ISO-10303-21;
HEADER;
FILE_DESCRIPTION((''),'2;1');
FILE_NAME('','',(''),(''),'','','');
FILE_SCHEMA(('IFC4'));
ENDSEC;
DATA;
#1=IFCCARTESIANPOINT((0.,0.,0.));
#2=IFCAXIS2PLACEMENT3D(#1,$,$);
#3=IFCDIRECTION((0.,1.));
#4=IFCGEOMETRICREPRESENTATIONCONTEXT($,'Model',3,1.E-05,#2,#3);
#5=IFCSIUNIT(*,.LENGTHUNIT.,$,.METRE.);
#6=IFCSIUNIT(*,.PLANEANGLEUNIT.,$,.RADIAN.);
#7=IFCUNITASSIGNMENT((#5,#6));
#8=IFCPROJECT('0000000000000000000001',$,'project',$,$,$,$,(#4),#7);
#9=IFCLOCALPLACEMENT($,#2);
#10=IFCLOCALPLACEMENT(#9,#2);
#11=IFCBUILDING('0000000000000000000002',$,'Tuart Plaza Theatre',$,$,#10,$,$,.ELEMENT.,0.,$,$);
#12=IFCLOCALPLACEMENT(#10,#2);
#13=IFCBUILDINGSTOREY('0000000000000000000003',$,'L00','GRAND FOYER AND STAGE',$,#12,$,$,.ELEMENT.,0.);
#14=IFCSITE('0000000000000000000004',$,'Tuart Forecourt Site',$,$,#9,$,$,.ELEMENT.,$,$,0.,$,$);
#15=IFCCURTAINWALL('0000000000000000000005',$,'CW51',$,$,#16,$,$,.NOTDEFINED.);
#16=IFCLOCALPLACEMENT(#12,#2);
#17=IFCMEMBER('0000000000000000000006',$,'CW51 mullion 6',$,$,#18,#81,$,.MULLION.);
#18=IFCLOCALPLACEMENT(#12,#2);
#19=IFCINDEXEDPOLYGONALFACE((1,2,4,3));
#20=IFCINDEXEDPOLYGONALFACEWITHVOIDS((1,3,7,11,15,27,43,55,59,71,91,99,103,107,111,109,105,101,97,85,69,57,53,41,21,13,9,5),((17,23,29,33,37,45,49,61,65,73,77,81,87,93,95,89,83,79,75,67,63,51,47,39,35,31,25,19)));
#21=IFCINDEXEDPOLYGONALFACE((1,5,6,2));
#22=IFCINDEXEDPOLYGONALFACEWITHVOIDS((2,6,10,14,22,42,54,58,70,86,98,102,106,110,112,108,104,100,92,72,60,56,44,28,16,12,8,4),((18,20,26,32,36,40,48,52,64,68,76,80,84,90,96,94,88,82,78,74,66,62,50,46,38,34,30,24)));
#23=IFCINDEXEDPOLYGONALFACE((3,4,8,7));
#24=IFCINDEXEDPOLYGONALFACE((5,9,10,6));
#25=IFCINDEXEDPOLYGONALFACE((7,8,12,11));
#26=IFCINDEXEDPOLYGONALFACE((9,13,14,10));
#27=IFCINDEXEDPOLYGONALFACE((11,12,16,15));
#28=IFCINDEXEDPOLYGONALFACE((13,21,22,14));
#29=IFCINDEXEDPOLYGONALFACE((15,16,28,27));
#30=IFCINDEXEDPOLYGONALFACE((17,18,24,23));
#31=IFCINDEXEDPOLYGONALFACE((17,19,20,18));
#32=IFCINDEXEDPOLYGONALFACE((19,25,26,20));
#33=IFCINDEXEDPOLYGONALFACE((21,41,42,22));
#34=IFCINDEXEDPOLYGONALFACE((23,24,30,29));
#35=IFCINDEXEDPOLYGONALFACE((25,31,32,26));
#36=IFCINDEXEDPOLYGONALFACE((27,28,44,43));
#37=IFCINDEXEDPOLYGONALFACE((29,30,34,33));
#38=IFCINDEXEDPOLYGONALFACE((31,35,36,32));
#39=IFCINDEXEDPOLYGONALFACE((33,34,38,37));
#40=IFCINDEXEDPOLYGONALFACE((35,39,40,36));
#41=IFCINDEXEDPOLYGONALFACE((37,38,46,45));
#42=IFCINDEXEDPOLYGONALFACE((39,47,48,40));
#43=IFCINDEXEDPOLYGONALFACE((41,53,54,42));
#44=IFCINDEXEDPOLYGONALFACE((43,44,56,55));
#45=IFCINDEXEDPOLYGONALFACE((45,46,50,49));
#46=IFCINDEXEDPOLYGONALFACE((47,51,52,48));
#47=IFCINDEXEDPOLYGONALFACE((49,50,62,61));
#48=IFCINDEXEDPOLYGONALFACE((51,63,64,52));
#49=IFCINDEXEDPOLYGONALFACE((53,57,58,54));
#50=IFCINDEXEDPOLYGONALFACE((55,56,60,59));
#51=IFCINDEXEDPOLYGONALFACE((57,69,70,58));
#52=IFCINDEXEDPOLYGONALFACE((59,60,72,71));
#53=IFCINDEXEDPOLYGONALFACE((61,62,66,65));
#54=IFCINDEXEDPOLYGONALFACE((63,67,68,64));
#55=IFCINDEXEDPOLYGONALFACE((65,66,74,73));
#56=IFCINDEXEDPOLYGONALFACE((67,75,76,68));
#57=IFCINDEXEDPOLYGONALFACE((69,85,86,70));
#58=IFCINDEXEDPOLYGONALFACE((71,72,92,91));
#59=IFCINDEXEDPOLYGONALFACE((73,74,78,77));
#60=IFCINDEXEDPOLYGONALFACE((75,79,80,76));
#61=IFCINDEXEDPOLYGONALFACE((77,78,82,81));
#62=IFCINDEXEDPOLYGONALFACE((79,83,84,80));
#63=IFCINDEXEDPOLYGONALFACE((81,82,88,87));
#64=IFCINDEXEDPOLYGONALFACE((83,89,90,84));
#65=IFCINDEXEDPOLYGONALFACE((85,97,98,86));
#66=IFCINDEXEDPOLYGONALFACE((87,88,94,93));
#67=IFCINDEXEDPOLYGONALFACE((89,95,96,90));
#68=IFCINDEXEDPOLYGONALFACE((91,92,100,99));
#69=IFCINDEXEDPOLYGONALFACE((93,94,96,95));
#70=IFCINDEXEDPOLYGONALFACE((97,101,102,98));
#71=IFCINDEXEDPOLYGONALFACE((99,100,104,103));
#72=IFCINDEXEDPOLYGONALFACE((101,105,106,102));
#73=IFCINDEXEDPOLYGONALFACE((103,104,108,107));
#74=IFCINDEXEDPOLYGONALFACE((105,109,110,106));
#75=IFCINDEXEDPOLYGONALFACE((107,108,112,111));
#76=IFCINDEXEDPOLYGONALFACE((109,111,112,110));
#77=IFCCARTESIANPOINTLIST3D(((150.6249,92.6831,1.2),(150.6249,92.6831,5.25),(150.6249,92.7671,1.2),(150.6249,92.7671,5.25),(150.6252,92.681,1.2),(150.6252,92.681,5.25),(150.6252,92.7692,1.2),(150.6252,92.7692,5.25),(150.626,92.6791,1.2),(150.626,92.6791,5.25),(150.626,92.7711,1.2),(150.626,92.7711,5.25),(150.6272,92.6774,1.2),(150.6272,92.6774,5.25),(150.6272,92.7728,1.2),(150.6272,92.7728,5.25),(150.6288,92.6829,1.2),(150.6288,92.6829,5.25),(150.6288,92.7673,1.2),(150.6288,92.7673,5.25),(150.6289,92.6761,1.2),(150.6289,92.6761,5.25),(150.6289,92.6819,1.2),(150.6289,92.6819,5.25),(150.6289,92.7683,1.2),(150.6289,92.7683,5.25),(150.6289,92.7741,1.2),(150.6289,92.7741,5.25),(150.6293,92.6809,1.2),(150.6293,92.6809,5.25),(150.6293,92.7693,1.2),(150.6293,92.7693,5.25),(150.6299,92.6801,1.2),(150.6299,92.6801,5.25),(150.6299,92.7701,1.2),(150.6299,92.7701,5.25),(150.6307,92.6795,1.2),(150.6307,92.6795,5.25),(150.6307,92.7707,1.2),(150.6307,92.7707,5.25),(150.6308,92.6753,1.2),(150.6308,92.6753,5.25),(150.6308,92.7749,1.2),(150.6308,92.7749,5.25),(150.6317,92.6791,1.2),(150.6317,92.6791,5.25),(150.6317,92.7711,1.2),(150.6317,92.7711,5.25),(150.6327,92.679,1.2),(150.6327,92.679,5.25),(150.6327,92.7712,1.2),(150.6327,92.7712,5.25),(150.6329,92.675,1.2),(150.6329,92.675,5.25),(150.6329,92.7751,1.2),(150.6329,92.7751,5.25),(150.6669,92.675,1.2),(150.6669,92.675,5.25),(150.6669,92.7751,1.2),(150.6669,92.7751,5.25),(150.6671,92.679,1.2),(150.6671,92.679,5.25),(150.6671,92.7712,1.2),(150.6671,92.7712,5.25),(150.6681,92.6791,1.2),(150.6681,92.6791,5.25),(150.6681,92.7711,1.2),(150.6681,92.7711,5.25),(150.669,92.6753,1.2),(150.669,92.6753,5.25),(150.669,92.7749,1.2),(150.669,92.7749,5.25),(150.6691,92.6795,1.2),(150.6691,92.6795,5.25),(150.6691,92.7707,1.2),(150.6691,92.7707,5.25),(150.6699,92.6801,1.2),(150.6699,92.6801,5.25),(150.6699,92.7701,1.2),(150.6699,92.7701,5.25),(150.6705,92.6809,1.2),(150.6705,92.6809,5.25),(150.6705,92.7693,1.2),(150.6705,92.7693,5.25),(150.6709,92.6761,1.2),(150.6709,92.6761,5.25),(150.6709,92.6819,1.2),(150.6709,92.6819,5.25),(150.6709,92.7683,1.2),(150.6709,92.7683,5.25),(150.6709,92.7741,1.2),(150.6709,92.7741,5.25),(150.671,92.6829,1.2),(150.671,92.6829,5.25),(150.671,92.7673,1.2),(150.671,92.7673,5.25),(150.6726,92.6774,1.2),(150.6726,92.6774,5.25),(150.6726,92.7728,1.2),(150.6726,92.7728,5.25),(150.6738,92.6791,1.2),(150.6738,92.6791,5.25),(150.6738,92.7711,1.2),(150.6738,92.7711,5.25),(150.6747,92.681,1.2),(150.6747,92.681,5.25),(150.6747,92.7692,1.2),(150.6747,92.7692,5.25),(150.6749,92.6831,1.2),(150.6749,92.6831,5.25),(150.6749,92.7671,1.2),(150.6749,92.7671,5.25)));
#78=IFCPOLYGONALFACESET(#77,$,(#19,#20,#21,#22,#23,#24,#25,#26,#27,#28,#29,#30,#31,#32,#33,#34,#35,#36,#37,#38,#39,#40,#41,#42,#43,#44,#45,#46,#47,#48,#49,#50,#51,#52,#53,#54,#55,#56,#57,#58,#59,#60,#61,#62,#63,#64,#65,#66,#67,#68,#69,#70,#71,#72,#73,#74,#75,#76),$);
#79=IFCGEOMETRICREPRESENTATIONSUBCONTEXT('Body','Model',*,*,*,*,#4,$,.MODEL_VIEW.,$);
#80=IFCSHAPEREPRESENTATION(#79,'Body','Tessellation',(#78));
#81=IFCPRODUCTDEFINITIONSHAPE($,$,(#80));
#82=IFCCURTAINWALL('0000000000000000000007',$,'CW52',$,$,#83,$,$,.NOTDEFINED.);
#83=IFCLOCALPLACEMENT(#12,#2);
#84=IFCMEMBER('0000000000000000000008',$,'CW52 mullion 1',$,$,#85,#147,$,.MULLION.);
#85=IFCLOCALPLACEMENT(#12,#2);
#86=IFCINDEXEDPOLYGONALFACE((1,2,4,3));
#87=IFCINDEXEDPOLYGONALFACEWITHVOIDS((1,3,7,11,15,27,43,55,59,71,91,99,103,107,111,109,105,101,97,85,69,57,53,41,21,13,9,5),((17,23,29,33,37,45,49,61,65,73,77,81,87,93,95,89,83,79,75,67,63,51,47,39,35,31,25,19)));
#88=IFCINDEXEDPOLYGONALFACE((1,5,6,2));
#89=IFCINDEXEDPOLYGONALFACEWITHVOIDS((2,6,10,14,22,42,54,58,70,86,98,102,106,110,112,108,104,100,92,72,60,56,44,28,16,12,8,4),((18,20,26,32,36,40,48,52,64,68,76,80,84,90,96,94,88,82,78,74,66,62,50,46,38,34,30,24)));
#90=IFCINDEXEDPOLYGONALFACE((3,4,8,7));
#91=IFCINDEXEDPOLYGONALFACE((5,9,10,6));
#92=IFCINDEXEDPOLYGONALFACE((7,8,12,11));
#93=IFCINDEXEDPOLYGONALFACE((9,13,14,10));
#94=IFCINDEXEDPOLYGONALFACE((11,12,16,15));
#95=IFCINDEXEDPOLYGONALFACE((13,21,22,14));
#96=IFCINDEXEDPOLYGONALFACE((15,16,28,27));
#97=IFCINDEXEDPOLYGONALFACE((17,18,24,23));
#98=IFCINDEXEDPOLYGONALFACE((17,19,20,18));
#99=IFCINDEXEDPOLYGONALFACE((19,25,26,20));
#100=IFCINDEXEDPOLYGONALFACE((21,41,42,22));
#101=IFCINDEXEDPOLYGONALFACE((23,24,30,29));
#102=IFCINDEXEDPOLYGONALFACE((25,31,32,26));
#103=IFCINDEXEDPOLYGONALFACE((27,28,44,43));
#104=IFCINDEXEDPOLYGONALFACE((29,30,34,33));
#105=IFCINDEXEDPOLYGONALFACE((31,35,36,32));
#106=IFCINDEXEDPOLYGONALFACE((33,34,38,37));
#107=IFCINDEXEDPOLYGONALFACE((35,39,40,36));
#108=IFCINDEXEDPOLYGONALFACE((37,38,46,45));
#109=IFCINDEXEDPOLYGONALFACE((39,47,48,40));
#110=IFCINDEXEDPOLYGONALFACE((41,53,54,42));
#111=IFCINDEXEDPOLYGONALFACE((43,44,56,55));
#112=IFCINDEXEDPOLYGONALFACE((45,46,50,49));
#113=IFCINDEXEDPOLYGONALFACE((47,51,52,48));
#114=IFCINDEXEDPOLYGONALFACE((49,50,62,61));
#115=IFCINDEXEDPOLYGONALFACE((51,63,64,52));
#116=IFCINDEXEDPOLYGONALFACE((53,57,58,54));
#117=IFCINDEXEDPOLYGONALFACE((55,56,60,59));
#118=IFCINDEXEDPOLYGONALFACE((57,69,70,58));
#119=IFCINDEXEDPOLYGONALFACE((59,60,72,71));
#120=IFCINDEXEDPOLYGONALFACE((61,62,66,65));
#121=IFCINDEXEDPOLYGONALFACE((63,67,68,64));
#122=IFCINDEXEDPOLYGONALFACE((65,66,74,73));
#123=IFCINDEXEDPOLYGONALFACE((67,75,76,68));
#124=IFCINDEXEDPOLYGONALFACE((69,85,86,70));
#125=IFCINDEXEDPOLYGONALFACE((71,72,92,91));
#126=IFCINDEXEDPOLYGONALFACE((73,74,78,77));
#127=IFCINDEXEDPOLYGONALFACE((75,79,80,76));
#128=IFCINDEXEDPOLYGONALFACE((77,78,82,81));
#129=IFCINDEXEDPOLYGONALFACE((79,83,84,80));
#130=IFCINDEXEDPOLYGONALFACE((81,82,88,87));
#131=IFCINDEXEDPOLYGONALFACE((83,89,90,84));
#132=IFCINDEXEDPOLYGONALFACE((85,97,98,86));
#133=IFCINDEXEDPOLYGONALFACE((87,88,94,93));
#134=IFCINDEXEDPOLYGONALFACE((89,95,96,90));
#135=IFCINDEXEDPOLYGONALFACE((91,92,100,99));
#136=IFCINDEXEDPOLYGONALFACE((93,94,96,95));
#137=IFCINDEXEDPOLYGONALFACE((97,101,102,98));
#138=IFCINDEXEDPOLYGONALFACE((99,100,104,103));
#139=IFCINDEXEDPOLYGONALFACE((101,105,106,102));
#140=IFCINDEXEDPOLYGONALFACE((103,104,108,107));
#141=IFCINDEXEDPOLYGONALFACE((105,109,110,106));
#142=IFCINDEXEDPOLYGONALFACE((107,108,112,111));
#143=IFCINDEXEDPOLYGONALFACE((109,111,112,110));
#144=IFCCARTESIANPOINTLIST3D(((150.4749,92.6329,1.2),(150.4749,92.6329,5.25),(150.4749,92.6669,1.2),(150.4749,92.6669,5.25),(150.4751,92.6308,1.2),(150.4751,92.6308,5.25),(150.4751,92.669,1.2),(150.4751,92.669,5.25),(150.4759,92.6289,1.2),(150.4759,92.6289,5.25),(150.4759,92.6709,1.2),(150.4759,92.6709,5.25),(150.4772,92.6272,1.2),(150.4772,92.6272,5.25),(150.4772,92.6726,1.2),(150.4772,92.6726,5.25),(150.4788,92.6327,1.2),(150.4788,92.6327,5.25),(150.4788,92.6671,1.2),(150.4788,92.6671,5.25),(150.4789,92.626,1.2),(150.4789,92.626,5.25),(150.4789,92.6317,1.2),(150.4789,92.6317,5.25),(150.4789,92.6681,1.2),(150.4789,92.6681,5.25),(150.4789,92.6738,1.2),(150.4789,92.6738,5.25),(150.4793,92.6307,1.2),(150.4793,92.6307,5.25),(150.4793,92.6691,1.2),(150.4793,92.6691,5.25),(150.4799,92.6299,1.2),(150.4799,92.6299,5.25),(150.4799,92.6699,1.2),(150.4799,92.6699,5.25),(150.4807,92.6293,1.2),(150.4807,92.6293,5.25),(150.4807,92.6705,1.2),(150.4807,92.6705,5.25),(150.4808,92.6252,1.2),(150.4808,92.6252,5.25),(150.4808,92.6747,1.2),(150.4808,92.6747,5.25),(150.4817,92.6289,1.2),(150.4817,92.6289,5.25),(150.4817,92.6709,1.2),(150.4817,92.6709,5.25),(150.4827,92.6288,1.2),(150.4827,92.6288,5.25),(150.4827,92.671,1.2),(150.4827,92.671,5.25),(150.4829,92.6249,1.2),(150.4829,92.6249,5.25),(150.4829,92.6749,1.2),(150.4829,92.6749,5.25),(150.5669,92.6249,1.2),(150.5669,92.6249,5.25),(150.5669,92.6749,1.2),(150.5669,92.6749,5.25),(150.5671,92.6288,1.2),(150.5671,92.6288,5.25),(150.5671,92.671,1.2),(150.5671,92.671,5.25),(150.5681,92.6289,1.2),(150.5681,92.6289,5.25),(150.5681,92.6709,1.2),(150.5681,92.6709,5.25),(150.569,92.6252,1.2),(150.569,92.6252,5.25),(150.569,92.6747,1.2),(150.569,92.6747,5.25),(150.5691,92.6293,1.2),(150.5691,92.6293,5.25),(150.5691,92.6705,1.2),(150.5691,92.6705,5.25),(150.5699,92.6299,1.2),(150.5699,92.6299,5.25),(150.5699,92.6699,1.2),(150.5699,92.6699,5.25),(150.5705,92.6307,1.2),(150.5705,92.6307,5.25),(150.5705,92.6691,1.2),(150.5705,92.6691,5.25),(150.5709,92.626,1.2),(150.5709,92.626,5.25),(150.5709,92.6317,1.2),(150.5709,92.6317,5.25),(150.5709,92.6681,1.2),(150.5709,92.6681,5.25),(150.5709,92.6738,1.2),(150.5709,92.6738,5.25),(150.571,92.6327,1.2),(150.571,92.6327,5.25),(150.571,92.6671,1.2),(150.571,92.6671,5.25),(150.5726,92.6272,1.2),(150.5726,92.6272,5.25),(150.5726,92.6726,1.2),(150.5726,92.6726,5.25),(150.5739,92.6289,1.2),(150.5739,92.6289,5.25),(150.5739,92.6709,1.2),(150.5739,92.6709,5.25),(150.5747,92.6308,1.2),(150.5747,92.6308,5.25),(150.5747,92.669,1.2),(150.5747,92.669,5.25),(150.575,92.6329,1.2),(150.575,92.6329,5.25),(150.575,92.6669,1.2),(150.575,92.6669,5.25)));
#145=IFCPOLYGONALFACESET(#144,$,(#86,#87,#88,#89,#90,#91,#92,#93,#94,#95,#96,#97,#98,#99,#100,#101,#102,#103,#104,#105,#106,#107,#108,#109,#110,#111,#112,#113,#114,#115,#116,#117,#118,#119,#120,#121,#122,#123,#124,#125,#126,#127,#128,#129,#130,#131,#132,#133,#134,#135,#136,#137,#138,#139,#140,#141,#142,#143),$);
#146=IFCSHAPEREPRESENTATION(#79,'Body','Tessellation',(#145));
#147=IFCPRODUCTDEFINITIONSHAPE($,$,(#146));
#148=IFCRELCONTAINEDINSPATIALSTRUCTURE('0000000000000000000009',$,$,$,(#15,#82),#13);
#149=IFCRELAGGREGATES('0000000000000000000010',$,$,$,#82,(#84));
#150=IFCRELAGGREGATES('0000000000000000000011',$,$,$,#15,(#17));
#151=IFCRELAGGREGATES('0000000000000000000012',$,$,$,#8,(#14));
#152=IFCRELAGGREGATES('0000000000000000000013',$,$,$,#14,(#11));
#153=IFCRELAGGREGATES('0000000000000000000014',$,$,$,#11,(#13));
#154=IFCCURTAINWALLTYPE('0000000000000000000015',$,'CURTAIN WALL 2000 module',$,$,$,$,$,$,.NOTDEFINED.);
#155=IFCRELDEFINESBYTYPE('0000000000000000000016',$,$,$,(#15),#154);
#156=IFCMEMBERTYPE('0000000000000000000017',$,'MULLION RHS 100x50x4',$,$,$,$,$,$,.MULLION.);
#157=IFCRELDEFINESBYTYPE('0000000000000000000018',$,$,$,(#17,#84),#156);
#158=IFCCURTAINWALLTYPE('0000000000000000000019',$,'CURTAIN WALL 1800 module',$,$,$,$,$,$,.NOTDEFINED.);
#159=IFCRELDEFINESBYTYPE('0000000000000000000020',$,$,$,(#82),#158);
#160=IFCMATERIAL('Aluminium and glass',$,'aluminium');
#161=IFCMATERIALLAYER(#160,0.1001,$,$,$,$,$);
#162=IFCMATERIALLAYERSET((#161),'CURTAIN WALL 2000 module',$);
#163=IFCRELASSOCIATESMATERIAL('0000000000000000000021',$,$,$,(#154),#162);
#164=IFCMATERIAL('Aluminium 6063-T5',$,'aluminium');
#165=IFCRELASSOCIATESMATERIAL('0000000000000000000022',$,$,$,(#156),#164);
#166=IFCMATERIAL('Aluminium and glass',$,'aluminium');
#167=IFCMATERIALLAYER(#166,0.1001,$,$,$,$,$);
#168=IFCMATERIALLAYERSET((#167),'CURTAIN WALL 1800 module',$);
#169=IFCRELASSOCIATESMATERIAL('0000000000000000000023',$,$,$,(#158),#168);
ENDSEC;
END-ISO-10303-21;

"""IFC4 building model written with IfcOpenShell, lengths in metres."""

from ifc_helpers import new_model, si_unit, direction, frame, origin, origin_2d, place, context, subcontext, project, spatial, hollow_rectangle, extrude, material, layer, layer_set, material_profile, profile_set, type_object, element, aggregate, save


model = new_model("IFC4")

# Units and contexts
model_context = context("Model", 3, precision=1e-05, world=origin(), true_north=direction((0.0, 1.0)))
body_context = subcontext(model_context, "Body", "Model", "MODEL_VIEW")
ifc_project = project(units=[si_unit("LENGTHUNIT", "METRE"), si_unit("PLANEANGLEUNIT", "RADIAN")], contexts=[model_context])

# Site, building, storey
site_placement = place(None, origin())
site = spatial("IfcSite", under=ifc_project, at=site_placement, Name="Tuart Forecourt Site", CompositionType="ELEMENT", RefElevation=0.0)
building_placement = place(site_placement, origin())
building = spatial("IfcBuilding", under=site, at=building_placement, Name="Tuart Plaza Theatre", CompositionType="ELEMENT", ElevationOfRefHeight=0.0)
storey_placement = place(building_placement, origin())
storey = spatial("IfcBuildingStorey", under=building, at=storey_placement, Name="L00", Description="GRAND FOYER AND STAGE", CompositionType="ELEMENT", Elevation=0.0)

# Curtain wall, member
ifc_material_1 = material(Name="Aluminium and glass", Category="aluminium")
ifc_layer_1 = layer(ifc_material_1, 0.1001)
ifc_layer_set_1 = layer_set([ifc_layer_1], Name="CURTAIN WALL 2000 module")
curtain_wall_type_1 = type_object("IfcCurtainWallType", Name="CURTAIN WALL 2000 module", PredefinedType="NOTDEFINED", material=ifc_layer_set_1)
curtain_wall_1_placement = place(storey_placement, origin())
curtain_wall_1 = element("IfcCurtainWall", 1, at=curtain_wall_1_placement, inside=storey, type_object=curtain_wall_type_1, Name="CW51", PredefinedType="NOTDEFINED")
ifc_material_2 = material(Name="Aluminium 6063-T5", Category="aluminium")
ifc_material_profile_1 = material_profile(ifc_material_2, hollow_rectangle(XDim=0.05, YDim=0.1001, WallThickness=0.0039, InnerFilletRadius=0.0039, OuterFilletRadius=0.0081, at=origin_2d()), Name="RHS 100x50x4")
ifc_profile_set_1 = profile_set([ifc_material_profile_1], Name="Aluminium 6063-T5")
member_type_1 = type_object("IfcMemberType", Name="MULLION RHS 100x50x4", PredefinedType="MULLION", material=ifc_profile_set_1)
member_1_placement = place(storey_placement, frame((150.6499, 92.7251, 1.2), z_axis=(0.0, 0.0, 1.0), x_axis=(-1.0, 0.0, 0.0)))
member_1 = element("IfcMember", 2, at=member_1_placement, type_object=member_type_1, Name="CW51 mullion 6", PredefinedType="MULLION", context=body_context, shape_type="SweptSolid", body=[
    extrude(hollow_rectangle(XDim=0.05, YDim=0.1001, WallThickness=0.0039, InnerFilletRadius=0.0039, OuterFilletRadius=0.0081, at=origin_2d()), origin(), (0.0, 0.0, 1.0), 4.05),
])

# Curtain wall, member
ifc_material_3 = material(Name="Aluminium and glass", Category="aluminium")
ifc_layer_2 = layer(ifc_material_3, 0.1001)
ifc_layer_set_2 = layer_set([ifc_layer_2], Name="CURTAIN WALL 1800 module")
curtain_wall_type_2 = type_object("IfcCurtainWallType", Name="CURTAIN WALL 1800 module", PredefinedType="NOTDEFINED", material=ifc_layer_set_2)
curtain_wall_2_placement = place(storey_placement, origin())
curtain_wall_2 = element("IfcCurtainWall", 3, at=curtain_wall_2_placement, inside=storey, type_object=curtain_wall_type_2, Name="CW52", PredefinedType="NOTDEFINED")
member_2_placement = place(storey_placement, frame((150.5249, 92.6499, 1.2), z_axis=(0.0, 0.0, 1.0), x_axis=(0.0, -1.0, 0.0)))
member_2 = element("IfcMember", 4, at=member_2_placement, type_object=member_type_1, Name="CW52 mullion 1", PredefinedType="MULLION", context=body_context, shape_type="SweptSolid", body=[
    extrude(hollow_rectangle(XDim=0.05, YDim=0.1001, WallThickness=0.0039, InnerFilletRadius=0.0039, OuterFilletRadius=0.0081, at=origin_2d()), origin(), (0.0, 0.0, 1.0), 4.05),
])

aggregate(curtain_wall_2, [member_2])

aggregate(curtain_wall_1, [member_1])

save(model, "model.ifc")
